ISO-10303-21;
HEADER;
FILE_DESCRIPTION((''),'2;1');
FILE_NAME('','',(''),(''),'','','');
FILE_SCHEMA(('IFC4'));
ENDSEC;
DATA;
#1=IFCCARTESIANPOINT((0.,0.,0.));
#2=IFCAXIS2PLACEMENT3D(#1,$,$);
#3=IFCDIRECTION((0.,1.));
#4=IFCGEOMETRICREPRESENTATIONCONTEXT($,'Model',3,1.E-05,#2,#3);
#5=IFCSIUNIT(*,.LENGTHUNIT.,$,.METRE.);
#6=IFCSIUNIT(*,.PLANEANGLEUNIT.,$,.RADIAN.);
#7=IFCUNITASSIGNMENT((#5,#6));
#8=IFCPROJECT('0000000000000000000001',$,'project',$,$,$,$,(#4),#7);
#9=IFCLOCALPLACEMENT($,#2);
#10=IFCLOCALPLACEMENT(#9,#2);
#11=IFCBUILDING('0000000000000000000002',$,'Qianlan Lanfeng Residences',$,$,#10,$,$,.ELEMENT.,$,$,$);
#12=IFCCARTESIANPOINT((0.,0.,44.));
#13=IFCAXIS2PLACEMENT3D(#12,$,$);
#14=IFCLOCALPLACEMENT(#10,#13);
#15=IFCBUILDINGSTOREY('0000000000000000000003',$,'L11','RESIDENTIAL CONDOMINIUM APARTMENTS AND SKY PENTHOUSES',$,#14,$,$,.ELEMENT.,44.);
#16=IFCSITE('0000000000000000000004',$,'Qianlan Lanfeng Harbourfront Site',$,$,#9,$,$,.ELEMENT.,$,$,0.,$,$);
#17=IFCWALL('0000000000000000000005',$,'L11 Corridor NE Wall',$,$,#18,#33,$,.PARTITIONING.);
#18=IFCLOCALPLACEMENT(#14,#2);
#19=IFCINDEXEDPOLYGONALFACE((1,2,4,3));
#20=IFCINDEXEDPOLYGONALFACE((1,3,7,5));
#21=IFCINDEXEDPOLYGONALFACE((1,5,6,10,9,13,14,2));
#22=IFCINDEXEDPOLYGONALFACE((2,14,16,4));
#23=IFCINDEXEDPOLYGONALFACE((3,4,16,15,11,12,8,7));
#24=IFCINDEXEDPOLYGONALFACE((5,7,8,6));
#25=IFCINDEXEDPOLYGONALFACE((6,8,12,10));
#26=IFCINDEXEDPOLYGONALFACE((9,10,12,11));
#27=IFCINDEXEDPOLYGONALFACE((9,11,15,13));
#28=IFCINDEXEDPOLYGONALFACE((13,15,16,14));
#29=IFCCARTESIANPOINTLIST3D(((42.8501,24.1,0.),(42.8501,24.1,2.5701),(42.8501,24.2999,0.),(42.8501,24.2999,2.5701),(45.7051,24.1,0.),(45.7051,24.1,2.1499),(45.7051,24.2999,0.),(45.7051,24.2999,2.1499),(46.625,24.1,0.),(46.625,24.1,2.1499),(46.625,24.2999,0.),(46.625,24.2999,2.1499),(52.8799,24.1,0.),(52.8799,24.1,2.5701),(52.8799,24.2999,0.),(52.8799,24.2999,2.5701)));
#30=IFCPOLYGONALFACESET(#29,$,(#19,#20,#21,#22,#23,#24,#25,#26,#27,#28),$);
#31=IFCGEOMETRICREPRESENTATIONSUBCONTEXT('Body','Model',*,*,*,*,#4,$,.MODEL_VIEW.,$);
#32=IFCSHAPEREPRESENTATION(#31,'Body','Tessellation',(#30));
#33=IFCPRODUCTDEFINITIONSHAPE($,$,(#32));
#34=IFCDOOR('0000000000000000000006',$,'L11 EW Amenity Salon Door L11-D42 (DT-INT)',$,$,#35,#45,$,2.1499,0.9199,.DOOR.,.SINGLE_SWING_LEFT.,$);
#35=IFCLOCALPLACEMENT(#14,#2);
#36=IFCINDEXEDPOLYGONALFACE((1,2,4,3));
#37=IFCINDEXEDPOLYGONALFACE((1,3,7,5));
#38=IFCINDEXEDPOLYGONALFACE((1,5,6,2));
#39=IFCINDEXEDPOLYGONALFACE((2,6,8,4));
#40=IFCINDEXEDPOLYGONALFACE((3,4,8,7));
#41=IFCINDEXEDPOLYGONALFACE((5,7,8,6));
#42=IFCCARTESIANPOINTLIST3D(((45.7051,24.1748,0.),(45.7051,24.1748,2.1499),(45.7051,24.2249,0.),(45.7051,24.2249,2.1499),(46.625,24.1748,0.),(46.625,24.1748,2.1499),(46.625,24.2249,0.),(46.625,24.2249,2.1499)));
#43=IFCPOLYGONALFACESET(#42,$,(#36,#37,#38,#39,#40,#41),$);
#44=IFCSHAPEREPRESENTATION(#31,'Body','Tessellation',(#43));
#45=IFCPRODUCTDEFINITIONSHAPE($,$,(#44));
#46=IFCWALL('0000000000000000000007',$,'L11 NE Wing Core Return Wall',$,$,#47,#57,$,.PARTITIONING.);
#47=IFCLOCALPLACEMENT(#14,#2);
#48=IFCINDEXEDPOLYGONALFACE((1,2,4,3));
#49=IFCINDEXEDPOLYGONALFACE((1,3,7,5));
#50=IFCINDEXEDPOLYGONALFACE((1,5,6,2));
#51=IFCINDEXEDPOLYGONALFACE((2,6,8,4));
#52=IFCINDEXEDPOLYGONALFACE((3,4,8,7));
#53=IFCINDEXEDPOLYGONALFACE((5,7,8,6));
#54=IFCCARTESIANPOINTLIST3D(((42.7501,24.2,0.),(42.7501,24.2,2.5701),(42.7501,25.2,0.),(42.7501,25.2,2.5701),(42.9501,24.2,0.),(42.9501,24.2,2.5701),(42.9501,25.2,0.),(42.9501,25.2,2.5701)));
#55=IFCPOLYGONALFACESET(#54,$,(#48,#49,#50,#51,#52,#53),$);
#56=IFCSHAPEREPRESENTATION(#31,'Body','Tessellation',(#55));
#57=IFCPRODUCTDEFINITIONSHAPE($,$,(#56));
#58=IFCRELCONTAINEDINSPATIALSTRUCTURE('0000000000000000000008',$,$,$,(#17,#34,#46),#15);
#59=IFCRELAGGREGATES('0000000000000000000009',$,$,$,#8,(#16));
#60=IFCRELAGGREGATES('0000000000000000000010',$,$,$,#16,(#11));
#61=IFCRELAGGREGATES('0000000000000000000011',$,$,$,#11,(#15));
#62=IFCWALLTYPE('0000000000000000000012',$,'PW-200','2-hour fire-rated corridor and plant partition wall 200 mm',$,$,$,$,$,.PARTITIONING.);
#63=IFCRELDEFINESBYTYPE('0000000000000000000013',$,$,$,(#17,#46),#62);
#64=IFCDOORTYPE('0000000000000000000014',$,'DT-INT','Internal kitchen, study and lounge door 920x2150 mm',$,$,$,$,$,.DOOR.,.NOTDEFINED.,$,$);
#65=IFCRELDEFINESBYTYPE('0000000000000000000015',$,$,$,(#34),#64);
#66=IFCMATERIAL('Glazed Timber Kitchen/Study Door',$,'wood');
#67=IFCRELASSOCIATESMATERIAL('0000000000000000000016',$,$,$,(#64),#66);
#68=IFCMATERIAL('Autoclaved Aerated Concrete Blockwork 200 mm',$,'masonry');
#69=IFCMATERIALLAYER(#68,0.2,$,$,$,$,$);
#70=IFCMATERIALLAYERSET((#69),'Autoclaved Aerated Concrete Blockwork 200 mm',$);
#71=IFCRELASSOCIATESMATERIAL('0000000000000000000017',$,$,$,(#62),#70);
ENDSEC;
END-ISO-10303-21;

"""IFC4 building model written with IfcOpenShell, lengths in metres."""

from ifc_helpers import new_model, si_unit, direction, frame, frame_2d, origin, place, context, subcontext, project, spatial, rectangle, extrude, material, layer, layer_set, type_object, element, fill, save


model = new_model("IFC4")

# Units and contexts
model_context = context("Model", 3, precision=1e-05, world=origin(), true_north=direction((0.0, 1.0)))
body_context = subcontext(model_context, "Body", "Model", "MODEL_VIEW")
ifc_project = project(units=[si_unit("LENGTHUNIT", "METRE"), si_unit("PLANEANGLEUNIT", "RADIAN")], contexts=[model_context])

# Site, building, storey
site_placement = place(None, origin())
site = spatial("IfcSite", under=ifc_project, at=site_placement, Name="Qianlan Lanfeng Harbourfront Site", CompositionType="ELEMENT", RefElevation=0.0)
building_placement = place(site_placement, origin())
building = spatial("IfcBuilding", under=site, at=building_placement, Name="Qianlan Lanfeng Residences", CompositionType="ELEMENT")
storey_placement = place(building_placement, frame((0.0, 0.0, 44.0)))
storey = spatial("IfcBuildingStorey", under=building, at=storey_placement, Name="L11", Description="RESIDENTIAL CONDOMINIUM APARTMENTS AND SKY PENTHOUSES", CompositionType="ELEMENT", Elevation=44.0)

# Wall, opening, door
ifc_material_1 = material(Name="Glazed Timber Kitchen/Study Door", Category="wood")
door_type = type_object("IfcDoorType", Name="DT-INT", Description="Internal kitchen, study and lounge door 920x2150 mm", OperationType="NOTDEFINED", PredefinedType="DOOR", material=ifc_material_1)
ifc_material_2 = material(Name="Autoclaved Aerated Concrete Blockwork 200 mm", Category="masonry")
ifc_layer_1 = layer(ifc_material_2, 0.2)
ifc_layer_set_1 = layer_set([ifc_layer_1], Name="Autoclaved Aerated Concrete Blockwork 200 mm")
wall_type_1 = type_object("IfcWallType", Name="PW-200", Description="2-hour fire-rated corridor and plant partition wall 200 mm", PredefinedType="PARTITIONING", material=ifc_layer_set_1)
wall_1_placement = place(storey_placement, frame((42.8501, 24.2, 0.0), z_axis=(0.0, 0.0, 1.0), x_axis=(1.0, 0.0, 0.0)))
wall_1 = element("IfcWall", 1, at=wall_1_placement, inside=storey, type_object=wall_type_1, Name="L11 Corridor NE Wall", PredefinedType="PARTITIONING", context=body_context, shape_type="SweptSolid", body=[
    extrude(rectangle(XDim=10.0298, YDim=0.2, at=frame_2d((5.0149, 0.0))), origin(), (0.0, 0.0, 1.0), 2.5701),
])
opening_1_placement = place(wall_1_placement, frame((2.855, 0.0, 0.0)))
opening_1 = element("IfcOpeningElement", 2, at=opening_1_placement, cuts=wall_1, PredefinedType="OPENING", context=body_context, shape_type="SweptSolid", body=[
    extrude(rectangle(XDim=0.9199, YDim=2.1499, at=frame_2d((0.46, 1.075))), frame((0.0, 0.1099, 0.0), z_axis=(0.0, -1.0, 0.0), x_axis=(1.0, 0.0, 0.0)), (0.0, 0.0, 1.0), 0.22),
])
door_1_placement = place(opening_1_placement, origin())
door_1 = element("IfcDoor", 3, at=door_1_placement, inside=storey, type_object=door_type, Name="L11 EW Amenity Salon Door L11-D42 (DT-INT)", OperationType="SINGLE_SWING_LEFT", OverallHeight=2.1499, OverallWidth=0.9199, PredefinedType="DOOR", context=body_context, shape_type="SweptSolid", body=[
    extrude(rectangle(XDim=0.9199, YDim=2.1499, at=frame_2d((0.46, 1.075))), frame((0.0, 0.0249, 0.0), z_axis=(0.0, -1.0, 0.0), x_axis=(1.0, 0.0, 0.0)), (0.0, 0.0, 1.0), 0.05),
])
fill(opening_1, door_1)

# Wall
wall_2_placement = place(storey_placement, frame((42.8501, 24.2, 0.0), z_axis=(0.0, 0.0, 1.0), x_axis=(0.0, 1.0, 0.0)))
element("IfcWall", 4, at=wall_2_placement, inside=storey, type_object=wall_type_1, Name="L11 NE Wing Core Return Wall", PredefinedType="PARTITIONING", context=body_context, shape_type="SweptSolid", body=[
    extrude(rectangle(XDim=1.0, YDim=0.2, at=frame_2d((0.5, 0.0))), origin(), (0.0, 0.0, 1.0), 2.5701),
])

save(model, "model.ifc")
